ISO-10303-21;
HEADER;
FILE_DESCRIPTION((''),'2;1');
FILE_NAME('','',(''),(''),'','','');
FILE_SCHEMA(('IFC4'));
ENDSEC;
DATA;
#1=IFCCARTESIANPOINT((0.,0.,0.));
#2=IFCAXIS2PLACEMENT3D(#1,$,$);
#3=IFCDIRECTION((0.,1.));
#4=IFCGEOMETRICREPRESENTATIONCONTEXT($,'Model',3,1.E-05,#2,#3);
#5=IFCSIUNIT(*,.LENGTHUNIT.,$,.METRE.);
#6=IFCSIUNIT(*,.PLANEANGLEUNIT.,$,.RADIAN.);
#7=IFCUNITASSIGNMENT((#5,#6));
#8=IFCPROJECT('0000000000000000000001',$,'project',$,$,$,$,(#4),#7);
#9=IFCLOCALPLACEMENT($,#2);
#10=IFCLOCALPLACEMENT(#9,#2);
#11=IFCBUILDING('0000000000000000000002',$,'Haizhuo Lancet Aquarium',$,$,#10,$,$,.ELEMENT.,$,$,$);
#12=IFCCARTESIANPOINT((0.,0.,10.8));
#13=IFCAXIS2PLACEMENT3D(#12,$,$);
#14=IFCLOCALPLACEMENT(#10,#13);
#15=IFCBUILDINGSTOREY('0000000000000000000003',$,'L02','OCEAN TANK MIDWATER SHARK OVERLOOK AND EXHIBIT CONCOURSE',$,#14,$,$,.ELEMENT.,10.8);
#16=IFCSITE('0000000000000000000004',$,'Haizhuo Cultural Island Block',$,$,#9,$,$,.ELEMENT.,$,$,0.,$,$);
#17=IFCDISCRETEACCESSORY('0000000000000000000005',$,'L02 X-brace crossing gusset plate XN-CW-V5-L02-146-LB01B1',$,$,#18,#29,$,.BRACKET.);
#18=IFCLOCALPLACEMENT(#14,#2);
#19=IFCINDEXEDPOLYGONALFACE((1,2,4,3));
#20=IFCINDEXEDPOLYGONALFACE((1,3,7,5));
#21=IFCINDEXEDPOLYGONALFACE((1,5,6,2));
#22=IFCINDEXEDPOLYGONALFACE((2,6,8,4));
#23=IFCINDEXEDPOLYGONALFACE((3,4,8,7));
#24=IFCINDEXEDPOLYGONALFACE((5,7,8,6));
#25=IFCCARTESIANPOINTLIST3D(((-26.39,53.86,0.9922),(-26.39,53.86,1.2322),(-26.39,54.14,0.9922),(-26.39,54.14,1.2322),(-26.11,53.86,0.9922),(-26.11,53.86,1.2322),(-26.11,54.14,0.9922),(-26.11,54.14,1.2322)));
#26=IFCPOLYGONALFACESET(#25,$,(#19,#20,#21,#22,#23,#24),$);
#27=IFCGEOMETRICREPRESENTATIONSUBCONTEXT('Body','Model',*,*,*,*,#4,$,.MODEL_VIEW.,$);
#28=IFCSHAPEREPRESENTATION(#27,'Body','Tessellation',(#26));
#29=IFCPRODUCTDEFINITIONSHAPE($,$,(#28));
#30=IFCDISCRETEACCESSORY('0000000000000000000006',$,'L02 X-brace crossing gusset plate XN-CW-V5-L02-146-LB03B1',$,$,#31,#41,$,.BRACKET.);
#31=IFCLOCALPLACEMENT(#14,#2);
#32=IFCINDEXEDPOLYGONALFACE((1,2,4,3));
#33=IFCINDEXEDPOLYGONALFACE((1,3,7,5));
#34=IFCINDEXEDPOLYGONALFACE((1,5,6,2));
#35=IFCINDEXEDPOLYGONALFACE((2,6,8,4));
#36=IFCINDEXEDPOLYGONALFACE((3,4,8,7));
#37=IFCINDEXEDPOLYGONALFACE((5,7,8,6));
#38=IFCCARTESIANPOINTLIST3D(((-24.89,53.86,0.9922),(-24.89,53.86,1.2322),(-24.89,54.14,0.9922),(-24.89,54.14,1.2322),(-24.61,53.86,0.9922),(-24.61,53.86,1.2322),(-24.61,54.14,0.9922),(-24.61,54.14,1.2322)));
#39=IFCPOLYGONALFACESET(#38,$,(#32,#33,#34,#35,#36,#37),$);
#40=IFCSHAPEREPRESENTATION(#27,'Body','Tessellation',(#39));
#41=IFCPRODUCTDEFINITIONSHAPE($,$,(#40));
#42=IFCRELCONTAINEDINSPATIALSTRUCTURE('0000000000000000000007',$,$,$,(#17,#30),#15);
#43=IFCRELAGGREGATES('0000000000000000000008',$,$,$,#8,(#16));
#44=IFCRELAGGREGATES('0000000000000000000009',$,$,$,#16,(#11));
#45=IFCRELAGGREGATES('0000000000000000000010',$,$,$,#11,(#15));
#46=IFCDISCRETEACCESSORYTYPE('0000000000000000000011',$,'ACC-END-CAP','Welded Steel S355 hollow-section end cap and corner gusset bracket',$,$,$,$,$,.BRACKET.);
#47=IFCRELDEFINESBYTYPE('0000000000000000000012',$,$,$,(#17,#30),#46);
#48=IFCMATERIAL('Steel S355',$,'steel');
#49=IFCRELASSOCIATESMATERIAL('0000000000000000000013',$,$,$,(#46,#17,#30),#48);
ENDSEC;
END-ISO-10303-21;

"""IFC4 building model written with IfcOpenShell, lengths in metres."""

from ifc_helpers import new_model, si_unit, direction, frame, origin, origin_2d, place, context, subcontext, project, spatial, rectangle, extrude, material, type_object, element, save


model = new_model("IFC4")

# Units and contexts
model_context = context("Model", 3, precision=1e-05, world=origin(), true_north=direction((0.0, 1.0)))
body_context = subcontext(model_context, "Body", "Model", "MODEL_VIEW")
ifc_project = project(units=[si_unit("LENGTHUNIT", "METRE"), si_unit("PLANEANGLEUNIT", "RADIAN")], contexts=[model_context])

# Site, building, storey
site_placement = place(None, origin())
site = spatial("IfcSite", under=ifc_project, at=site_placement, Name="Haizhuo Cultural Island Block", CompositionType="ELEMENT", RefElevation=0.0)
building_placement = place(site_placement, origin())
building = spatial("IfcBuilding", under=site, at=building_placement, Name="Haizhuo Lancet Aquarium", CompositionType="ELEMENT")
storey_placement = place(building_placement, frame((0.0, 0.0, 10.8)))
storey = spatial("IfcBuildingStorey", under=building, at=storey_placement, Name="L02", Description="OCEAN TANK MIDWATER SHARK OVERLOOK AND EXHIBIT CONCOURSE", CompositionType="ELEMENT", Elevation=10.8)

# Shared definitions
ifc_material_1 = material(Name="Steel S355", Category="steel")

# Discrete accessories
discrete_accessory_type = type_object("IfcDiscreteAccessoryType", Name="ACC-END-CAP", Description="Welded Steel S355 hollow-section end cap and corner gusset bracket", PredefinedType="BRACKET", material=ifc_material_1)
for number, where, z_axis, x_axis, name in (
    (1, (-26.25, 54.0, 0.9922), (0.0, 0.0, 1.0), (1.0, 0.0, 0.0), "L02 X-brace crossing gusset plate XN-CW-V5-L02-146-LB01B1"),
    (2, (-24.75, 54.0, 0.9922), (0.0, 0.0, 1.0), (1.0, 0.0, 0.0), "L02 X-brace crossing gusset plate XN-CW-V5-L02-146-LB03B1"),
):
    element("IfcDiscreteAccessory", number, at=place(storey_placement, frame(where, z_axis=z_axis, x_axis=x_axis)), inside=storey, type_object=discrete_accessory_type, material=ifc_material_1, Name=name, PredefinedType="BRACKET", context=body_context, shape_type="SweptSolid", body=[
        extrude(rectangle(XDim=0.28, YDim=0.28, at=origin_2d()), origin(), (0.0, 0.0, 1.0), 0.24),
    ])

save(model, "model.ifc")
